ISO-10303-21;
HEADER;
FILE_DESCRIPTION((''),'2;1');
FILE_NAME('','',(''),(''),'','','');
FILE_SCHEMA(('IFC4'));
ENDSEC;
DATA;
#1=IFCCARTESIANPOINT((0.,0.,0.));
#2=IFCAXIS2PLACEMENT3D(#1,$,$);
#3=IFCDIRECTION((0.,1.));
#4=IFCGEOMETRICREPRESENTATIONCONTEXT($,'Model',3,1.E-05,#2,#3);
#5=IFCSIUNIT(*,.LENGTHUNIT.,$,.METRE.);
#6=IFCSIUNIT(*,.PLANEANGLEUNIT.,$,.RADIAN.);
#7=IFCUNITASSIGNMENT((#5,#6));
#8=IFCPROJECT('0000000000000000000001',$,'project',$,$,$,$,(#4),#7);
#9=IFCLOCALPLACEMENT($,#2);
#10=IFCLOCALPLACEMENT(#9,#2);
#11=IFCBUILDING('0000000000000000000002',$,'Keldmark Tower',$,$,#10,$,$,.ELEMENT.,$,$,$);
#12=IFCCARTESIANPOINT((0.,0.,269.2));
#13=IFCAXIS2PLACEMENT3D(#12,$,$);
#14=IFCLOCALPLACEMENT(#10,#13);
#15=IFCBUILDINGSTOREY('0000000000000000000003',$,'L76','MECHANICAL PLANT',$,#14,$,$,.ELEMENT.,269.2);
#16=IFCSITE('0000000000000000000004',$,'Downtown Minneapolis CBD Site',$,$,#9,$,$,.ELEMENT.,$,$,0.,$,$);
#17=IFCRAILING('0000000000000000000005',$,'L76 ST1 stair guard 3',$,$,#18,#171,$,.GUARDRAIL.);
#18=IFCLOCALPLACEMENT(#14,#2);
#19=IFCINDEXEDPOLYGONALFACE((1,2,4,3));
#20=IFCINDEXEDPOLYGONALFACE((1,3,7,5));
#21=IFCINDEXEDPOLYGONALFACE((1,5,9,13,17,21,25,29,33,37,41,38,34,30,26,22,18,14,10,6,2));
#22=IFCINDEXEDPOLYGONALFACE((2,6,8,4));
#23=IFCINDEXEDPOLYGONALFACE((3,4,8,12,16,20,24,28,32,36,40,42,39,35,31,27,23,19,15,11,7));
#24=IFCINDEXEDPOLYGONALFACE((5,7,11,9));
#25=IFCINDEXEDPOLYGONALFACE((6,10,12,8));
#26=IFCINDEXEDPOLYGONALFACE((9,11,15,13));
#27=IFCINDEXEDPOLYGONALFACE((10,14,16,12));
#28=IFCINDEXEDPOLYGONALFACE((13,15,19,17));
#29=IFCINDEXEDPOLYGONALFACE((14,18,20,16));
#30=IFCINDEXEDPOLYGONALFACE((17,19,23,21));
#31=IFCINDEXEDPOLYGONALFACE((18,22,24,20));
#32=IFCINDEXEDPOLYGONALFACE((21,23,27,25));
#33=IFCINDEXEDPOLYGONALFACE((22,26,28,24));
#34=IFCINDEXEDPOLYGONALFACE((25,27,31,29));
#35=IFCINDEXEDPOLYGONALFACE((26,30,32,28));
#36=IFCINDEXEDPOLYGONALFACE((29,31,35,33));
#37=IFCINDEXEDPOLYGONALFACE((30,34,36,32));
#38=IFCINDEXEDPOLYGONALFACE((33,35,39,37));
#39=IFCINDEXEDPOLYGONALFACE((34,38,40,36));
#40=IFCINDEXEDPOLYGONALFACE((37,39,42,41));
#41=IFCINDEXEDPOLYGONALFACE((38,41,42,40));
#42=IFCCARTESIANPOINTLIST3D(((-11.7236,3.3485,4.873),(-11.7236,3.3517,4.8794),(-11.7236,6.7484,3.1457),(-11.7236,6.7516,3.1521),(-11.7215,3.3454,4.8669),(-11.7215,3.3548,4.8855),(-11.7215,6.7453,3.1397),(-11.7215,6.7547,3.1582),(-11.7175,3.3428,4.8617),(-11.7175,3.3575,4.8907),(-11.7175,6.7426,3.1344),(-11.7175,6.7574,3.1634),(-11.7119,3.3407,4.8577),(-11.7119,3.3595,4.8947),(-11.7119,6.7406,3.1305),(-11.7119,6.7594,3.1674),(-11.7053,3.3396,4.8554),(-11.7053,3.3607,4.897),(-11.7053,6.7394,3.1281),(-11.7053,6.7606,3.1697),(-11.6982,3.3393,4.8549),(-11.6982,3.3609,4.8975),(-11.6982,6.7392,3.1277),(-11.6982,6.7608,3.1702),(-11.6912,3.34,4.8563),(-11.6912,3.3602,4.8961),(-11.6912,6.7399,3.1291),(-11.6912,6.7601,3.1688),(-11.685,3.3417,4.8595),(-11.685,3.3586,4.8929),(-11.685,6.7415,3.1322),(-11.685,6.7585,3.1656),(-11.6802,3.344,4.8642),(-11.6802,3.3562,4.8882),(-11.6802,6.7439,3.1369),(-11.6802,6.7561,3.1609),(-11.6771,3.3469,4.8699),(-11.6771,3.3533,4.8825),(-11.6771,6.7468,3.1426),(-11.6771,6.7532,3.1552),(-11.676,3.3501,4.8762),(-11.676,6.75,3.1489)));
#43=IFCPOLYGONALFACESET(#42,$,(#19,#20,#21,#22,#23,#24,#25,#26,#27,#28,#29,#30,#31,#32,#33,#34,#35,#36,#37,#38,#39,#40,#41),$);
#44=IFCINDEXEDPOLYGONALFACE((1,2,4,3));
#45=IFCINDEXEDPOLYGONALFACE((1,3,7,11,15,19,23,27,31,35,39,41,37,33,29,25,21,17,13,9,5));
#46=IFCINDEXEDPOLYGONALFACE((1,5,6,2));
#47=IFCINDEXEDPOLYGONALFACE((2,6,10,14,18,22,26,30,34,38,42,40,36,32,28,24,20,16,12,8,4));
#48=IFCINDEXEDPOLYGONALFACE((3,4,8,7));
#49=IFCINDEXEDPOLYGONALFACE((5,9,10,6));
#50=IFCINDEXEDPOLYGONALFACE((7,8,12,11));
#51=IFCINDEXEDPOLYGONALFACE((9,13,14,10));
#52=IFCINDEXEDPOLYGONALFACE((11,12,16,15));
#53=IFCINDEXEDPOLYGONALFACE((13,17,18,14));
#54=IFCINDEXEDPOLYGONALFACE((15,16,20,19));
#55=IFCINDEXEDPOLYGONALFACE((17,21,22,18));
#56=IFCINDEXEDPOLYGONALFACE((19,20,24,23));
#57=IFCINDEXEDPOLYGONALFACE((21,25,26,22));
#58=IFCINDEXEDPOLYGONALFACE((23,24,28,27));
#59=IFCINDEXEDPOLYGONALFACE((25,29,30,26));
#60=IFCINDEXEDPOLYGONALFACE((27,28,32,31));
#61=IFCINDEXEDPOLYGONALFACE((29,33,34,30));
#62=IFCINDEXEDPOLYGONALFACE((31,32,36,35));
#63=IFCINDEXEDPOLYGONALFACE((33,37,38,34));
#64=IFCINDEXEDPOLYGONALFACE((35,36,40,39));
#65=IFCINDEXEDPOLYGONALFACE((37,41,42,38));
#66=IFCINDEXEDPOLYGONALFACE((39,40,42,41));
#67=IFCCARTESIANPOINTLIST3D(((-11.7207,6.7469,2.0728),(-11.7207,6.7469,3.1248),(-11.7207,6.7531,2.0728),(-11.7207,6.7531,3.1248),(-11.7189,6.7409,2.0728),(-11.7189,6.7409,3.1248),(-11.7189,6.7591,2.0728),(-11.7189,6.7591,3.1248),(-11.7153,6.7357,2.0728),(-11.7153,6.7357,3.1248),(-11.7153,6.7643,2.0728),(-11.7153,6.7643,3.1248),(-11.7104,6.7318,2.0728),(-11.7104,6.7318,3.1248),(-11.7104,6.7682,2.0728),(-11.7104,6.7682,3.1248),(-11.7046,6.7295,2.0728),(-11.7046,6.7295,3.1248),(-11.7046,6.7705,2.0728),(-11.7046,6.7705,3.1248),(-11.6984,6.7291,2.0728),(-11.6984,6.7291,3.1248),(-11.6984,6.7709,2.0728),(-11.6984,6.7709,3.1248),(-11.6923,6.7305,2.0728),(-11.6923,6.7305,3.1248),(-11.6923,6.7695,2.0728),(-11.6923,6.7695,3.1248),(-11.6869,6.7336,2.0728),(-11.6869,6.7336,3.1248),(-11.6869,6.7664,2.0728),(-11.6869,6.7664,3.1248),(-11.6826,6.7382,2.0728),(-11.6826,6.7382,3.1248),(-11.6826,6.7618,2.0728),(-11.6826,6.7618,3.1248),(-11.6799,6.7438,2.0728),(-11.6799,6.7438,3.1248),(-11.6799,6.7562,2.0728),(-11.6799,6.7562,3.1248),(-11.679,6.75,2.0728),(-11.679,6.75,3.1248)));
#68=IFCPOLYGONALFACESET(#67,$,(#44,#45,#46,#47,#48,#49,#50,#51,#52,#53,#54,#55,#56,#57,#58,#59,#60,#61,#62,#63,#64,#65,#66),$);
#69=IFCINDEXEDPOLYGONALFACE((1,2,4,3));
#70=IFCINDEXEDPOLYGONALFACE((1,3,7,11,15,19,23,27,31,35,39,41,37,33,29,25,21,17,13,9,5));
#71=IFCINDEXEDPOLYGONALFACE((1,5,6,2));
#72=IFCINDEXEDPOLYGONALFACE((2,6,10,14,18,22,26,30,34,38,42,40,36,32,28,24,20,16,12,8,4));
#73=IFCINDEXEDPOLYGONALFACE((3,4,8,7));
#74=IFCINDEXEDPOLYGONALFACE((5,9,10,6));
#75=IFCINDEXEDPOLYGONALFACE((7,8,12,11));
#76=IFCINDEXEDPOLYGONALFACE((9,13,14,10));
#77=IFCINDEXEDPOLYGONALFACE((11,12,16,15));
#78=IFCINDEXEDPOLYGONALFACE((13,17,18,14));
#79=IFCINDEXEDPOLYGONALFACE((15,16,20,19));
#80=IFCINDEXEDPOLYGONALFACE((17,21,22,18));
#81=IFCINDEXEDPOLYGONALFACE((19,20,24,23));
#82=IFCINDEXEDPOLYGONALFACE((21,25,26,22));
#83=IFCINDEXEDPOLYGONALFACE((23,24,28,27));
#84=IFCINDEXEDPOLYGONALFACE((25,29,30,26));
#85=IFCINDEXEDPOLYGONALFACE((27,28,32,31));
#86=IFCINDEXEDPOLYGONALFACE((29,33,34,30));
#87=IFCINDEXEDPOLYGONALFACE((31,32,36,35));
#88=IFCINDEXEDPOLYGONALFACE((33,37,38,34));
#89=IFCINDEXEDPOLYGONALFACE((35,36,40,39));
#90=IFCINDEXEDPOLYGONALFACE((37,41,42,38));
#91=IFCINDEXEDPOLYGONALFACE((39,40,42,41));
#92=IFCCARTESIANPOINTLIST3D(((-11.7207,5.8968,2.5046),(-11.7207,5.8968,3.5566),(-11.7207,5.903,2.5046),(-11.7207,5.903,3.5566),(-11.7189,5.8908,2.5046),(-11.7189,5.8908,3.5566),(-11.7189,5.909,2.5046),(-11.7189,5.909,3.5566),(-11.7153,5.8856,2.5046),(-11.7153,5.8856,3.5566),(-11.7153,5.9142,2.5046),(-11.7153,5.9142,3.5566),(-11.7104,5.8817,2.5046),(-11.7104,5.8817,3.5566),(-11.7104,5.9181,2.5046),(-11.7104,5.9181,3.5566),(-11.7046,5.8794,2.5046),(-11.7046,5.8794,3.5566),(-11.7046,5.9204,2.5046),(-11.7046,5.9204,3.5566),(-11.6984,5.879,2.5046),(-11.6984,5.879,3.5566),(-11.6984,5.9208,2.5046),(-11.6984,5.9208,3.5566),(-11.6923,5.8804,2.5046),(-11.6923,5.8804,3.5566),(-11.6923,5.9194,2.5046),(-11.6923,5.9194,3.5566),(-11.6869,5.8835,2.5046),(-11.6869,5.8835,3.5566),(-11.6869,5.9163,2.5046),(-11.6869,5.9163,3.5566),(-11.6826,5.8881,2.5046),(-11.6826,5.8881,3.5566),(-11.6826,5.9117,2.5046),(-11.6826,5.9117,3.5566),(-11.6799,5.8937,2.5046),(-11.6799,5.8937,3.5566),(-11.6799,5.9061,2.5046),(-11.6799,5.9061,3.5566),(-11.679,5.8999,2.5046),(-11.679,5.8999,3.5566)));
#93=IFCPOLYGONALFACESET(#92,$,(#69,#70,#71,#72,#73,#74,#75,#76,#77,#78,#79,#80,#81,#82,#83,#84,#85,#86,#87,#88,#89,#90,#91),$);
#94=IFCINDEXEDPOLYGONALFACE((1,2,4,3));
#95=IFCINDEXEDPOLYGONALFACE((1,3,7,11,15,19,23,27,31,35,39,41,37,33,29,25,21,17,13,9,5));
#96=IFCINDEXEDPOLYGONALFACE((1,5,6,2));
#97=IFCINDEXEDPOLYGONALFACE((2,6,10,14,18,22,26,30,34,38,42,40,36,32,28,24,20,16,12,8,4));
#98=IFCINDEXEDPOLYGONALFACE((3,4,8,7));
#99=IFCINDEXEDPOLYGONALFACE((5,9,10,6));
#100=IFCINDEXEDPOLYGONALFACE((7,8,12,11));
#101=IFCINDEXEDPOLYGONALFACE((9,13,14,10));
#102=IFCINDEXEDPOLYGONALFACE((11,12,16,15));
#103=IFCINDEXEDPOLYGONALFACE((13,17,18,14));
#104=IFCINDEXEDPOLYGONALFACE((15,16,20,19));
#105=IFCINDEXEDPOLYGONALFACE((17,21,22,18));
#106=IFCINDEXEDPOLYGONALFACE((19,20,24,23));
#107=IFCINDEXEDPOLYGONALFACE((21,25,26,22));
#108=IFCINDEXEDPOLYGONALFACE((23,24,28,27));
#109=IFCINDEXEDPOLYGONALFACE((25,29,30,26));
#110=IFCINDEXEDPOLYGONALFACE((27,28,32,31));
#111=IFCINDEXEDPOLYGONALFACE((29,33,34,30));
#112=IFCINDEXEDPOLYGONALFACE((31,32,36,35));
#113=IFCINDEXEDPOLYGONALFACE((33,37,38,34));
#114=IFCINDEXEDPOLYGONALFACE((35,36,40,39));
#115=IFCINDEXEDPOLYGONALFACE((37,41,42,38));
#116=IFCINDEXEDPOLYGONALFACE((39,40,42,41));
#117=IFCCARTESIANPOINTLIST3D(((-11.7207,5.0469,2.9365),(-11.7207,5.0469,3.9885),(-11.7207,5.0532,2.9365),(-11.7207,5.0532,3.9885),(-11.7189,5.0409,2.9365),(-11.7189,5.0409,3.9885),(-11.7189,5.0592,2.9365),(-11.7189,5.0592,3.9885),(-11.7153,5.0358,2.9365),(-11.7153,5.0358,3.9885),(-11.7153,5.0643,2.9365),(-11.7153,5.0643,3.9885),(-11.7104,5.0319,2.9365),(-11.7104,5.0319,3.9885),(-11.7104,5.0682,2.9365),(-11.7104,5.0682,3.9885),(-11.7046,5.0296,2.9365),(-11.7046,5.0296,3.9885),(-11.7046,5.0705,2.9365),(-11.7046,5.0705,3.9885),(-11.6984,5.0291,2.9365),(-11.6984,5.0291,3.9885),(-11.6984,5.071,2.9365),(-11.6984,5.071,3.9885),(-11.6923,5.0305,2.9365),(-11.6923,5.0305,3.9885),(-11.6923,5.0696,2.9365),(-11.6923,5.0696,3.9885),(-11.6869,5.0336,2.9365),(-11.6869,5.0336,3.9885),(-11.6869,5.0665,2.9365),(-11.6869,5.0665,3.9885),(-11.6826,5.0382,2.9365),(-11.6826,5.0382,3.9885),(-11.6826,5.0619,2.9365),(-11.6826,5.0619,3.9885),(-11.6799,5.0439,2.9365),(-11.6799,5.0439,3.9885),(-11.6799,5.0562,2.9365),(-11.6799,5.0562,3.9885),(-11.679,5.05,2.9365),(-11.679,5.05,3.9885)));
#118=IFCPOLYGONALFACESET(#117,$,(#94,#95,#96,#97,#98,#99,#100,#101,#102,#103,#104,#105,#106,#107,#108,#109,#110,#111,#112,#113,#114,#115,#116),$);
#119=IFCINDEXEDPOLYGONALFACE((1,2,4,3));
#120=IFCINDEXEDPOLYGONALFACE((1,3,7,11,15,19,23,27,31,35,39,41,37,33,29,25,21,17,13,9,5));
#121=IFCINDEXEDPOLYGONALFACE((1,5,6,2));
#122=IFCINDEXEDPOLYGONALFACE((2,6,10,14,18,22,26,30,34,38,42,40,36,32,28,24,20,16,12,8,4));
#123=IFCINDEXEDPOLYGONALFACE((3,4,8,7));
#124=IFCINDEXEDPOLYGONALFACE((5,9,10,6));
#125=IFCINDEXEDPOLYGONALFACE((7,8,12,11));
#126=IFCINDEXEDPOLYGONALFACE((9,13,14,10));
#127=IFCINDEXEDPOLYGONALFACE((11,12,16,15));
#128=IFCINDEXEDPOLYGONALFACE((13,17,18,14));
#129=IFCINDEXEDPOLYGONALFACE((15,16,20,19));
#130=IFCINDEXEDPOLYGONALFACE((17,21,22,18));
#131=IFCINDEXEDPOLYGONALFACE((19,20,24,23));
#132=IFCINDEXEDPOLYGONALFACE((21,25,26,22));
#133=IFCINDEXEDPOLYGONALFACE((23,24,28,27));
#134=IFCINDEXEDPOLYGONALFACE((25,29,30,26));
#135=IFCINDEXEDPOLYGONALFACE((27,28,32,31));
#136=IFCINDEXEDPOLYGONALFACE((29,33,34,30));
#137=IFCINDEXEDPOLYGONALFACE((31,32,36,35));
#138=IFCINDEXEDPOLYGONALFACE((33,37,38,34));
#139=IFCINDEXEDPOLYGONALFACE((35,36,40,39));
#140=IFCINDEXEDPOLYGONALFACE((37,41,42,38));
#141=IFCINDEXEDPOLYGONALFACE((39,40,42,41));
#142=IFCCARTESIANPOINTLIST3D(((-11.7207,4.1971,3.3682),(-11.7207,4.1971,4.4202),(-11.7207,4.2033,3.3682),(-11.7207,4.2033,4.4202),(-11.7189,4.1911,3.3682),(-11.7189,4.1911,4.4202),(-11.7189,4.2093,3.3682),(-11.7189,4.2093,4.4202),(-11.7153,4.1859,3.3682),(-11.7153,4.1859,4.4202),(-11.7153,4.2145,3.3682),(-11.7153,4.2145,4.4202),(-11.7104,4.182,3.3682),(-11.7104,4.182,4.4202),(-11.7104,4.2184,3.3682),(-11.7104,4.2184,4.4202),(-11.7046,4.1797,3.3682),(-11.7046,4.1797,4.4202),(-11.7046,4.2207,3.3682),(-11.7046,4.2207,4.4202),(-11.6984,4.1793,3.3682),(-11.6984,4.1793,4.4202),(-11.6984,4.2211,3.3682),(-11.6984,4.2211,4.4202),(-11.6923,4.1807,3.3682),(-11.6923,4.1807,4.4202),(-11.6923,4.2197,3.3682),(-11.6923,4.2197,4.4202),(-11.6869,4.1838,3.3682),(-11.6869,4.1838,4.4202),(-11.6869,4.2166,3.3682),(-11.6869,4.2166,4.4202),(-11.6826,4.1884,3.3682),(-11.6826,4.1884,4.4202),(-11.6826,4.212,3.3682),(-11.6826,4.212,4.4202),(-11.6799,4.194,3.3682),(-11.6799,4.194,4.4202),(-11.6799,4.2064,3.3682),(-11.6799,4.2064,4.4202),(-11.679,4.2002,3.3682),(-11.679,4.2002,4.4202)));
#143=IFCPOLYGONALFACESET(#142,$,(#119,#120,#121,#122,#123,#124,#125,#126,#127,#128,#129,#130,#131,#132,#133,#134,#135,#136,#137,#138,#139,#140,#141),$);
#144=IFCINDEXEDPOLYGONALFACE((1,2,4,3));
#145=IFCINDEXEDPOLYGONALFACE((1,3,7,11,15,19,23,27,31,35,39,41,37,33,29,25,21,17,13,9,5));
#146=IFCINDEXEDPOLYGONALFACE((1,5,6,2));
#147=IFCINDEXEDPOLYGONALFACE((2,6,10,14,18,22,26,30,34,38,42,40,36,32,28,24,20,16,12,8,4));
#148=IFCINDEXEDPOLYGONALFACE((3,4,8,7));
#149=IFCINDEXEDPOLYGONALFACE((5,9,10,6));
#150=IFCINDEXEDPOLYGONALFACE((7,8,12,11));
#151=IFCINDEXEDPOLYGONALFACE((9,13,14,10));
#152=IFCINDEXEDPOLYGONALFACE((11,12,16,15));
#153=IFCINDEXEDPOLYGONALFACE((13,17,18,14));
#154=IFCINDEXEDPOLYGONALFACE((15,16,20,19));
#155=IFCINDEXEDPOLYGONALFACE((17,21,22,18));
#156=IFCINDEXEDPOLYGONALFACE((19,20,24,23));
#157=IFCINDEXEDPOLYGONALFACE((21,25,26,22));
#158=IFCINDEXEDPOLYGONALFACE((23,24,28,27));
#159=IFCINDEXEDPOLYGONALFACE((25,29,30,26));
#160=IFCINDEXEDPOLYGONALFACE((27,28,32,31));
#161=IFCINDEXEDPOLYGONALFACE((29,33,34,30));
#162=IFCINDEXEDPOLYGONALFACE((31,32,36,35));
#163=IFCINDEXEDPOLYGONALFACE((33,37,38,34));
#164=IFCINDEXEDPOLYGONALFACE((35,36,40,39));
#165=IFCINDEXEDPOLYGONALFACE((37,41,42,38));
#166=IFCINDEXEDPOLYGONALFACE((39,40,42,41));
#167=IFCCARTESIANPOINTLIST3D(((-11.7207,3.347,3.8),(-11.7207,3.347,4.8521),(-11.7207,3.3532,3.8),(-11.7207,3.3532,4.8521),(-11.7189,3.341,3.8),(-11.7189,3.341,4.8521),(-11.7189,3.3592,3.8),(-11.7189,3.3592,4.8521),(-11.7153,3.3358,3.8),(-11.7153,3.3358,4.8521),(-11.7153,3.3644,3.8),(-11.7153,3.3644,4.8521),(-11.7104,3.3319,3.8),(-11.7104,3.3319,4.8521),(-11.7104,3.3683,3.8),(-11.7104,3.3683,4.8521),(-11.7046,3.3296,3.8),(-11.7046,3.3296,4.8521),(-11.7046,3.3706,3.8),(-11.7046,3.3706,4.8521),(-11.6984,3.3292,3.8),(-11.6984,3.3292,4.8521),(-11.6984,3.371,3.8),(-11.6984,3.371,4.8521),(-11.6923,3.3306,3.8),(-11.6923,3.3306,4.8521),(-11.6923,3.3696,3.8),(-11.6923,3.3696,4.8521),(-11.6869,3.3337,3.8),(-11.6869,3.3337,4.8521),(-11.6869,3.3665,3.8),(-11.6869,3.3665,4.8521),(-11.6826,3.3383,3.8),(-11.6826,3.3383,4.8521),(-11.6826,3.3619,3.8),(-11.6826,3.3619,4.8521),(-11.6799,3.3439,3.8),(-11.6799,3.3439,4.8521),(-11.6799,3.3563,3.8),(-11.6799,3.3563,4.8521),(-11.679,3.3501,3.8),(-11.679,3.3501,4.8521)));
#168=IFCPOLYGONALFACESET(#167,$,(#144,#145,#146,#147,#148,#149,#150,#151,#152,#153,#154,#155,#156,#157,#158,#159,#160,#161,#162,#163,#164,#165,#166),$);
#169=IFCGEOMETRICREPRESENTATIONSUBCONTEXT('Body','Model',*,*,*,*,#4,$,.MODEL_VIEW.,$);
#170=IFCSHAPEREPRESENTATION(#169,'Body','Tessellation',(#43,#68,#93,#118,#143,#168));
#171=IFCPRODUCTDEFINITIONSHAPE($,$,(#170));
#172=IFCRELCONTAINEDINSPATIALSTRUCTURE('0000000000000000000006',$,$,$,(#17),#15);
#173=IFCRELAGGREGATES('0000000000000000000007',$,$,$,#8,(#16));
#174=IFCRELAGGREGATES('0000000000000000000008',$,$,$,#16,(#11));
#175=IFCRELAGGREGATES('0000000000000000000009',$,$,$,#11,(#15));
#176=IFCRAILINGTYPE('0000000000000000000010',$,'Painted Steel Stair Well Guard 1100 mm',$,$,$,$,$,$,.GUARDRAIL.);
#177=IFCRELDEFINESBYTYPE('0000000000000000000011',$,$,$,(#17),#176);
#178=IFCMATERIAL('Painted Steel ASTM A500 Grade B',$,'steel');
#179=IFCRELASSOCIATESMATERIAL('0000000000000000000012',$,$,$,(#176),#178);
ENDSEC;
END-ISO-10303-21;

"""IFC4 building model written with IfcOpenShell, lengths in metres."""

from ifc_helpers import new_model, si_unit, direction, frame, origin, origin_2d, place, context, subcontext, project, spatial, circle, extrude, material, type_object, element, save


model = new_model("IFC4")

# Units and contexts
model_context = context("Model", 3, precision=1e-05, world=origin(), true_north=direction((0.0, 1.0)))
body_context = subcontext(model_context, "Body", "Model", "MODEL_VIEW")
ifc_project = project(units=[si_unit("LENGTHUNIT", "METRE"), si_unit("PLANEANGLEUNIT", "RADIAN")], contexts=[model_context])

# Site, building, storey
site_placement = place(None, origin())
site = spatial("IfcSite", under=ifc_project, at=site_placement, Name="Downtown Minneapolis CBD Site", CompositionType="ELEMENT", RefElevation=0.0)
building_placement = place(site_placement, origin())
building = spatial("IfcBuilding", under=site, at=building_placement, Name="Keldmark Tower", CompositionType="ELEMENT")
storey_placement = place(building_placement, frame((0.0, 0.0, 269.2)))
storey = spatial("IfcBuildingStorey", under=building, at=storey_placement, Name="L76", Description="MECHANICAL PLANT", CompositionType="ELEMENT", Elevation=269.2)

# Railing
ifc_material_1 = material(Name="Painted Steel ASTM A500 Grade B", Category="steel")
railing_type_1 = type_object("IfcRailingType", Name="Painted Steel Stair Well Guard 1100 mm", PredefinedType="GUARDRAIL", material=ifc_material_1)
railing_1_placement = place(storey_placement, frame((-11.7, 6.75, 2.0728)))
element("IfcRailing", 1, at=railing_1_placement, inside=storey, type_object=railing_type_1, Name="L76 ST1 stair guard 3", PredefinedType="GUARDRAIL", context=body_context, shape_type="SweptSolid", body=[
    extrude(circle(Radius=0.0239, at=origin_2d()), frame((0.0, 0.0, 1.0762), z_axis=(0.0, -0.891541, 0.452941), x_axis=(1.0, 0.0, 0.0)), (0.0, 0.0, 1.0), 3.8135),
    extrude(circle(Radius=0.021, at=origin_2d()), origin(), (0.0, 0.0, 1.0), 1.052),
    extrude(circle(Radius=0.021, at=origin_2d()), frame((0.0, -0.8501, 0.4319)), (0.0, 0.0, 1.0), 1.052),
    extrude(circle(Radius=0.021, at=origin_2d()), frame((0.0, -1.7, 0.8638)), (0.0, 0.0, 1.0), 1.052),
    extrude(circle(Radius=0.021, at=origin_2d()), frame((0.0, -2.5498, 1.2954)), (0.0, 0.0, 1.0), 1.052),
    extrude(circle(Radius=0.021, at=origin_2d()), frame((0.0, -3.3999, 1.7273)), (0.0, 0.0, 1.0), 1.052),
])

save(model, "model.ifc")
